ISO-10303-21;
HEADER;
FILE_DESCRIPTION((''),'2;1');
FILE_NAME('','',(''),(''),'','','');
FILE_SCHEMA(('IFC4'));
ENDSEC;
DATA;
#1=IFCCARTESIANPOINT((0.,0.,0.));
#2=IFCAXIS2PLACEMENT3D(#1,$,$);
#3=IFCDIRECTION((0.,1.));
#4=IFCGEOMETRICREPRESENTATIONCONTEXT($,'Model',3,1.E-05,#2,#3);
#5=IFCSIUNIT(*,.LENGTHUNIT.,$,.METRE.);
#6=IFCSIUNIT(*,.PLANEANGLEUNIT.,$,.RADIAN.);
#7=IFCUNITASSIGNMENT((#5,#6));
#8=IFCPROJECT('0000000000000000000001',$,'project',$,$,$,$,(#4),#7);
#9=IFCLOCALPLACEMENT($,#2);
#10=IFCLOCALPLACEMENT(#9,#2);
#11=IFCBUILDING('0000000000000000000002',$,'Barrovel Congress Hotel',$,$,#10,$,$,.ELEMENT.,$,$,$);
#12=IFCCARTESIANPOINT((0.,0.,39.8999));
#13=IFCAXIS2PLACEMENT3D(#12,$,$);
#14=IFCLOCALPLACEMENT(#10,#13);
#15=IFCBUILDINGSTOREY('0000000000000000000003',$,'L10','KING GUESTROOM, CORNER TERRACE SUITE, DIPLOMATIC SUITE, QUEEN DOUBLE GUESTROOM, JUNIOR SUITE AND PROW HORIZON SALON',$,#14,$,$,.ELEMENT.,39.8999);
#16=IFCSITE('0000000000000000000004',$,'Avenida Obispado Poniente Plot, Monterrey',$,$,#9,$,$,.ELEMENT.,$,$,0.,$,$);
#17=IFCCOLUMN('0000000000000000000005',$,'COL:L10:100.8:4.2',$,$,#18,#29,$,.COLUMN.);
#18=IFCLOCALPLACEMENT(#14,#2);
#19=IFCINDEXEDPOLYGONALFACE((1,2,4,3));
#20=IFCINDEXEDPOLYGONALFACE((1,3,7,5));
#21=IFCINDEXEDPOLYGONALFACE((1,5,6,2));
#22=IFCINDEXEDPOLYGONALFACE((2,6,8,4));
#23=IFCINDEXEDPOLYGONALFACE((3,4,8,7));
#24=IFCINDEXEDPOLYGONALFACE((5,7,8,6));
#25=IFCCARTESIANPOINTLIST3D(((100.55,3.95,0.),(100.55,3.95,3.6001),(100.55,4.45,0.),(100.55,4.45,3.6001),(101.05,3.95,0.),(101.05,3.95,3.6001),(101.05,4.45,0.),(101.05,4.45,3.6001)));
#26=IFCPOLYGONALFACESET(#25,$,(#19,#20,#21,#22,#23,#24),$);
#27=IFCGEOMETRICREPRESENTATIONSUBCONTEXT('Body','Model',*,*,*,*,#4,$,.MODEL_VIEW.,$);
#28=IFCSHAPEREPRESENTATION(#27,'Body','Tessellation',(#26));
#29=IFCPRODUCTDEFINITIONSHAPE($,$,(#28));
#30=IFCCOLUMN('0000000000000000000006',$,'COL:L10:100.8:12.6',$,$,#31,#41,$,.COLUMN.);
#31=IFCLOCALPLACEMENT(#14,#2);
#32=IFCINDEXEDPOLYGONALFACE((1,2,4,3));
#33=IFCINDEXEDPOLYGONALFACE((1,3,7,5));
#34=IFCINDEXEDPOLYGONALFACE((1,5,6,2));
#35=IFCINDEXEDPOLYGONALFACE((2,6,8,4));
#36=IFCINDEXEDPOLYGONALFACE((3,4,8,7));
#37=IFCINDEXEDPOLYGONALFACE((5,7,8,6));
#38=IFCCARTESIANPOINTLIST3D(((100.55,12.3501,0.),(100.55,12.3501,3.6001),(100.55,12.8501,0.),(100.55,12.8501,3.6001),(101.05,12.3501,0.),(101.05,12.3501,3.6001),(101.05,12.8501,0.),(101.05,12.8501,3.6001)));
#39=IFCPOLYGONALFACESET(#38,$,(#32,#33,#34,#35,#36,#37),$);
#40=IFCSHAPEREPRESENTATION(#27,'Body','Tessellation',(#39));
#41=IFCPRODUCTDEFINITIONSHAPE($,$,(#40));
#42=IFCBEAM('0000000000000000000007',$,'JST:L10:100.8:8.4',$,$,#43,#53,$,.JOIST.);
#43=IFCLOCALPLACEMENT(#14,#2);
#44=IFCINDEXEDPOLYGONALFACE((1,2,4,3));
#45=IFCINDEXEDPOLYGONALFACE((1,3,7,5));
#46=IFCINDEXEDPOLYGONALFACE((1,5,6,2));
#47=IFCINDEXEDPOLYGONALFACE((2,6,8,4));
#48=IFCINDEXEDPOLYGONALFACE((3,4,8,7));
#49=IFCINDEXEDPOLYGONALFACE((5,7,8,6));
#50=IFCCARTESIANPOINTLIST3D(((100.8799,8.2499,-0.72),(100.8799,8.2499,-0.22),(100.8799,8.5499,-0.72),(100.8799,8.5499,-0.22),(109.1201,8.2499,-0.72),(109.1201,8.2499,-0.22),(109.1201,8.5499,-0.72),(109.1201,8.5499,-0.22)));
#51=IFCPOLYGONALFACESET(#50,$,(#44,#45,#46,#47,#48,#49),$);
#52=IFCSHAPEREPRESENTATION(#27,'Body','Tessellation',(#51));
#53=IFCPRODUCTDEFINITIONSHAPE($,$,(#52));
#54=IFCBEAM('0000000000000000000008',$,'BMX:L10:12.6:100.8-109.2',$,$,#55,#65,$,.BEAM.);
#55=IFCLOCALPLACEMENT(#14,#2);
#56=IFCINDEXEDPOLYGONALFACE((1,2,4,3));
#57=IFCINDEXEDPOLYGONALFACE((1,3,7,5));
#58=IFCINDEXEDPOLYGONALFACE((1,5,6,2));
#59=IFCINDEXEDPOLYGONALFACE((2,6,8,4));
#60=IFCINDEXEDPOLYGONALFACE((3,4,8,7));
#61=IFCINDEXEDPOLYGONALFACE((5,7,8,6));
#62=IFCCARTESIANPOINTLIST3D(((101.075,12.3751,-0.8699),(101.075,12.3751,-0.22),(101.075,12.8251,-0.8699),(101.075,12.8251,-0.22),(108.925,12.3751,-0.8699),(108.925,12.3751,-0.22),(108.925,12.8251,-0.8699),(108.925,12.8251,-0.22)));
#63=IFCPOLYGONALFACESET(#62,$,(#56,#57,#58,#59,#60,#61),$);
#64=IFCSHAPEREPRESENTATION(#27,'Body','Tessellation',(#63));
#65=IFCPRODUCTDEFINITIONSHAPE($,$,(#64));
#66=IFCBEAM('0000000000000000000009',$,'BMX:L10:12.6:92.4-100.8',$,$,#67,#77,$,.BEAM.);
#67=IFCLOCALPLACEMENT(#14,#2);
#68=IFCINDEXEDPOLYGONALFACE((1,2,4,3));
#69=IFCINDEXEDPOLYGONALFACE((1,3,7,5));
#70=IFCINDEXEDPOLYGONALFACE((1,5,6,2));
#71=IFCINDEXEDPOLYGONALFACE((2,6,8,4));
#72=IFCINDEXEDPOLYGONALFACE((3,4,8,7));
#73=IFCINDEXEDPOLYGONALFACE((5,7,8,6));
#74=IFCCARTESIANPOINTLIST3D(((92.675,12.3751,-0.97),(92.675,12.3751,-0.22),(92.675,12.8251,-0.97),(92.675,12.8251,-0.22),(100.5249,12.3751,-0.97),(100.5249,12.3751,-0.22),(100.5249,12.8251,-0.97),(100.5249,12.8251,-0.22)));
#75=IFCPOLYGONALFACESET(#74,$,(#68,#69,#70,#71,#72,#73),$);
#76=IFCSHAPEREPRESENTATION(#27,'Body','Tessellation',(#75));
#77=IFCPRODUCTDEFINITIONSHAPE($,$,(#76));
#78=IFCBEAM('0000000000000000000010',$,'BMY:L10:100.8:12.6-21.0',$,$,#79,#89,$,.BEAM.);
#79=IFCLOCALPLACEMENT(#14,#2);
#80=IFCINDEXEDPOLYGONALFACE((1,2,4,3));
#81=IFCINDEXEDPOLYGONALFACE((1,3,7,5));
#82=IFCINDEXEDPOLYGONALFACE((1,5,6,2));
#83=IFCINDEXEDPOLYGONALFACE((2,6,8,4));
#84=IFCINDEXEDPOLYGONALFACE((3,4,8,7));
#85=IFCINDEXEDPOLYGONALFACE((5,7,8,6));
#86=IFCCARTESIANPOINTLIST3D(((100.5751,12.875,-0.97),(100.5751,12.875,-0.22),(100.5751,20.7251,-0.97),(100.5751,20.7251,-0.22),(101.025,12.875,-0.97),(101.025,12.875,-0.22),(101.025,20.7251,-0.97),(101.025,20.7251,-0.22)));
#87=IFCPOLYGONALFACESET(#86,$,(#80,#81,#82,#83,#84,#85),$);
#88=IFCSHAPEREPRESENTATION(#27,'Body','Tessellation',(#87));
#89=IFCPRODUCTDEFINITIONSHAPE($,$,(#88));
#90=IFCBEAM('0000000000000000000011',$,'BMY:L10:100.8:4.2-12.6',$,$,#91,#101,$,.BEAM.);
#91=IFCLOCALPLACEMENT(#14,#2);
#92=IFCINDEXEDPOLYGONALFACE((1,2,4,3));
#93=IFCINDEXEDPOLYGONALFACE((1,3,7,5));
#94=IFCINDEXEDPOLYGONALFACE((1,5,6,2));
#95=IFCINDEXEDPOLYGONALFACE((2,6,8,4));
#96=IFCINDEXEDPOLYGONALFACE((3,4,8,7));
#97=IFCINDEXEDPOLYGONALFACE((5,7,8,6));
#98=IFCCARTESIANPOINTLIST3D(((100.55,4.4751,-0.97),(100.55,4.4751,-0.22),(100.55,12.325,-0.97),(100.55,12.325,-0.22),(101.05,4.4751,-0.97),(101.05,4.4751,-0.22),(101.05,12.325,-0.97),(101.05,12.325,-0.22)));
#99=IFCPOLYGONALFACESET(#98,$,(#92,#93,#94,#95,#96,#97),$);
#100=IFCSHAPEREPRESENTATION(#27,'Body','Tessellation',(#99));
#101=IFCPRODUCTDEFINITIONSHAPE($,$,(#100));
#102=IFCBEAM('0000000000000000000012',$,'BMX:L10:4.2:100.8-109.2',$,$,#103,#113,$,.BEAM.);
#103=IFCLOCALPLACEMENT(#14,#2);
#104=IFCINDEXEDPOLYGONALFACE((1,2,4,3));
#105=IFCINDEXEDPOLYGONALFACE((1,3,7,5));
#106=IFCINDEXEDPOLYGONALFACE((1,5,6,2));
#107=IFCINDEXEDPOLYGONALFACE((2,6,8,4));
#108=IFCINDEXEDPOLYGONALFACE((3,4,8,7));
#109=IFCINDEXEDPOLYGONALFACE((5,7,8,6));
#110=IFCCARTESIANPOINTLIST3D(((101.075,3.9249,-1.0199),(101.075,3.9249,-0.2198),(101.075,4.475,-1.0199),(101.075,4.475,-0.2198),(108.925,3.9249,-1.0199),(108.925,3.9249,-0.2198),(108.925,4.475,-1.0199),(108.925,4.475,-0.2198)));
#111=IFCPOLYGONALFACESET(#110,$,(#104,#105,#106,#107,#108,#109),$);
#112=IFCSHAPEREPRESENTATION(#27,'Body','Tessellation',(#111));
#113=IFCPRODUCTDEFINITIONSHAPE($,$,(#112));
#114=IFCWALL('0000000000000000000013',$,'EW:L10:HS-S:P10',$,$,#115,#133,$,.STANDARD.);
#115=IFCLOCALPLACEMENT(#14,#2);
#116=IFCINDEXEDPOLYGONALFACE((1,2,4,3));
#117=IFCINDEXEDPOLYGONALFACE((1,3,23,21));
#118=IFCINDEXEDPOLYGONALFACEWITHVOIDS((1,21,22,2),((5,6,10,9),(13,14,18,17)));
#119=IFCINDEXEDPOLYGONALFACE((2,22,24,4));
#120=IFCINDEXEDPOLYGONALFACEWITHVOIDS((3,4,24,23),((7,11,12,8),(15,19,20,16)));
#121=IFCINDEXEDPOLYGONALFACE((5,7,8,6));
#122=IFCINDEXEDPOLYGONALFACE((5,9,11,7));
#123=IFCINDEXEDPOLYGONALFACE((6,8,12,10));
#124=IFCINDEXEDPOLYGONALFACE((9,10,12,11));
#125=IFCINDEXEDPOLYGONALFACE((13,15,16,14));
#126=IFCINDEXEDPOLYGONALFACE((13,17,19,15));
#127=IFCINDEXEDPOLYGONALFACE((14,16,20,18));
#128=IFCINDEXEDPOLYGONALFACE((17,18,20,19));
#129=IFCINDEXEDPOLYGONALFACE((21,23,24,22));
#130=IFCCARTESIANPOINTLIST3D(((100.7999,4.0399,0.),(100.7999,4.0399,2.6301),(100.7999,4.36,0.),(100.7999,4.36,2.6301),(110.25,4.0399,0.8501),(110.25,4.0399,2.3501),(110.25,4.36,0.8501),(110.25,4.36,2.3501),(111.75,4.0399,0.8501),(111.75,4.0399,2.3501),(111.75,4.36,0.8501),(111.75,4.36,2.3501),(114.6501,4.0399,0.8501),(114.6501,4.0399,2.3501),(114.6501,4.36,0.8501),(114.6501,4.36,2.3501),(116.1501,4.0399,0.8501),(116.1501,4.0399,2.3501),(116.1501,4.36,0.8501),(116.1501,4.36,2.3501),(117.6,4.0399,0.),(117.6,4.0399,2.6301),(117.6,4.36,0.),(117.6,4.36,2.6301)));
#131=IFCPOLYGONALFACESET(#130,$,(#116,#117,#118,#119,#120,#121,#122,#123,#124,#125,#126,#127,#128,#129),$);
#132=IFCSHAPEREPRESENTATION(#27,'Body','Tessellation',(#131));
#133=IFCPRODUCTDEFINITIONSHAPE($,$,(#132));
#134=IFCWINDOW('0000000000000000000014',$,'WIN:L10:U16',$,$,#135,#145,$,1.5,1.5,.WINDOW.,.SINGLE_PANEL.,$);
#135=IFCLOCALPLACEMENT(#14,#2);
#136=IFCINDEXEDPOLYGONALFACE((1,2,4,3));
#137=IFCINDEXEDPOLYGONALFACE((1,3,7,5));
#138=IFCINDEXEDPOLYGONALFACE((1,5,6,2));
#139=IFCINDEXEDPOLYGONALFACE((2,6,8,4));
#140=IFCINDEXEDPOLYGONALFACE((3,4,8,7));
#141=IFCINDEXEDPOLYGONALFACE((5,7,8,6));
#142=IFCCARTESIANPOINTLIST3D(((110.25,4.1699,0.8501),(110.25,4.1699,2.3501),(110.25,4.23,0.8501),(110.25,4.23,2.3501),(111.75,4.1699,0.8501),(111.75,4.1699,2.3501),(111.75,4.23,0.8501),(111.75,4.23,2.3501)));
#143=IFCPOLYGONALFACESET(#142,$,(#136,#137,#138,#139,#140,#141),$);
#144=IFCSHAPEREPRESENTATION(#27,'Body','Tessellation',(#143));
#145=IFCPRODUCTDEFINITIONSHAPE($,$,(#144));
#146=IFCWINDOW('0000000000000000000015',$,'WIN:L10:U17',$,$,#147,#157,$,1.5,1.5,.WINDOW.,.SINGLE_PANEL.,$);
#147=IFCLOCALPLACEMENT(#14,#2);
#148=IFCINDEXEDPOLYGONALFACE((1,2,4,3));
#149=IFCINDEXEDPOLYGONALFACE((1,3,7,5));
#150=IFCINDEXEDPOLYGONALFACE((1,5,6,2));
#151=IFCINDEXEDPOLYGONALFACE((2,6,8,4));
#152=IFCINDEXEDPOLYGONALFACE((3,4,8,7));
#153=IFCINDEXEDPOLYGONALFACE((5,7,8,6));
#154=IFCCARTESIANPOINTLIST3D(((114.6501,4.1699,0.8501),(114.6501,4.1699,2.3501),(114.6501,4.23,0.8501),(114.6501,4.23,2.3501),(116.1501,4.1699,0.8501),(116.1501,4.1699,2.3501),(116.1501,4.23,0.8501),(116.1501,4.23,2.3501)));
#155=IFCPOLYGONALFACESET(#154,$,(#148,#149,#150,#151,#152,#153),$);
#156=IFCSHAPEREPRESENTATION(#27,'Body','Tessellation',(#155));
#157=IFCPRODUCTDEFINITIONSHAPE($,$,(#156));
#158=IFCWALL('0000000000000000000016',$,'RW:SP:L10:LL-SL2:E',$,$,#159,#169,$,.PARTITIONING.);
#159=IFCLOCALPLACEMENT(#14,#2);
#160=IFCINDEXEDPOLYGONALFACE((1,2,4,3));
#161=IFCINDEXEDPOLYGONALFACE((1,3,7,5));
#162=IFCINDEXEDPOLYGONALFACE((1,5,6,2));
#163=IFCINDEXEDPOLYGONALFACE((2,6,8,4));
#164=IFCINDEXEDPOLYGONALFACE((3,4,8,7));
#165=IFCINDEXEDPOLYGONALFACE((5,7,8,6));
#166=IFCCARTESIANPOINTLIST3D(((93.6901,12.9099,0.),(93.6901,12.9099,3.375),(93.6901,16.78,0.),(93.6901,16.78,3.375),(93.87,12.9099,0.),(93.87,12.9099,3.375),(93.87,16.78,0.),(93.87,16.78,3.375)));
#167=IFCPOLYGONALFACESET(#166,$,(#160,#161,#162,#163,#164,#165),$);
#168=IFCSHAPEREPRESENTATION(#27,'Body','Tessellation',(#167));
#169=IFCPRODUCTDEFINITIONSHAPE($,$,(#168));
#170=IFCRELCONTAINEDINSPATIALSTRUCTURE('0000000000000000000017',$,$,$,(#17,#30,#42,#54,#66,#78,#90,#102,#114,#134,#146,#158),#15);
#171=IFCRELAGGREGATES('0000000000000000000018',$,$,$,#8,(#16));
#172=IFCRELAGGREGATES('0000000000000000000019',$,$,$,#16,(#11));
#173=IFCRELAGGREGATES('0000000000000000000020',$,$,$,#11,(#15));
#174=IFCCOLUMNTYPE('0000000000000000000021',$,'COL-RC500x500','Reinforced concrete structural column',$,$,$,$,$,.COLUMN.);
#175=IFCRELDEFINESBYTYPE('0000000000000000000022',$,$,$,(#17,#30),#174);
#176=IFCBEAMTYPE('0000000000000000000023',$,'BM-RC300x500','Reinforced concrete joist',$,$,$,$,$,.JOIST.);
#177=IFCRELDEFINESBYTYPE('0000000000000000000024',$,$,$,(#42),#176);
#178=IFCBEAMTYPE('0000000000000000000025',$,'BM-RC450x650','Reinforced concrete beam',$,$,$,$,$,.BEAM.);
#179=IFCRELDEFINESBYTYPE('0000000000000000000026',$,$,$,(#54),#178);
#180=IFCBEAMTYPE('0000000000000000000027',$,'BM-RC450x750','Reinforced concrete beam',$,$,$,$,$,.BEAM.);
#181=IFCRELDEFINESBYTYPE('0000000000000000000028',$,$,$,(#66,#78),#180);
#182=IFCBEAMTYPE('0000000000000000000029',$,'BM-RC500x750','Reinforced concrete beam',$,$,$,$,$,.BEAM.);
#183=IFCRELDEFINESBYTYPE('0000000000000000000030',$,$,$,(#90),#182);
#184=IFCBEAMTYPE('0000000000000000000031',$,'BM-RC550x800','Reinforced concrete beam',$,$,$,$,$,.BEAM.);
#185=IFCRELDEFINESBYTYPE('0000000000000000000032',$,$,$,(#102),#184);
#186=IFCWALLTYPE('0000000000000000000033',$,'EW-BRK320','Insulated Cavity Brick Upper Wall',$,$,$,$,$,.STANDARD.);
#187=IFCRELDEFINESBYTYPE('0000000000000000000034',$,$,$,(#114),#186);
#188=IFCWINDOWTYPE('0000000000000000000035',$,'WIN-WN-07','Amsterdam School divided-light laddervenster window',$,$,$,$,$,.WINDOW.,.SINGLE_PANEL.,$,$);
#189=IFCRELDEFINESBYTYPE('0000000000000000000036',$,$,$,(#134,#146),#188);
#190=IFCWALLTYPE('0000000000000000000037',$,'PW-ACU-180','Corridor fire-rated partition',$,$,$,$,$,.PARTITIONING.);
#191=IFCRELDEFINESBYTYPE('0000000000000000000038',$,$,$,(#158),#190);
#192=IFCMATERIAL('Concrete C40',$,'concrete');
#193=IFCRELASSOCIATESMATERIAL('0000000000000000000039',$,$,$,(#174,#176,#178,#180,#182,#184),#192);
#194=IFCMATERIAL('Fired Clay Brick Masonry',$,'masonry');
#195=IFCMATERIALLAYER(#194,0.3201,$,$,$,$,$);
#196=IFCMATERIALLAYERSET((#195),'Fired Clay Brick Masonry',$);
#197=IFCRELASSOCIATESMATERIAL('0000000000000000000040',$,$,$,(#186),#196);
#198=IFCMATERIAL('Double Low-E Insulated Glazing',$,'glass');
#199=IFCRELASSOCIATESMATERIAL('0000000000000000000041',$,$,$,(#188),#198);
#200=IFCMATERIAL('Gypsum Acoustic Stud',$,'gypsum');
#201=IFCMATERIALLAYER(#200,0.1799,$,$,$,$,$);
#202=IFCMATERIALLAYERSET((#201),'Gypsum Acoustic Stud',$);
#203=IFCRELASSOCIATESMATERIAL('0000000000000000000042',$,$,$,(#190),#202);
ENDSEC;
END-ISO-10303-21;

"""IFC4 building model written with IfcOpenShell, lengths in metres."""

from ifc_helpers import new_model, si_unit, direction, frame, frame_2d, origin, origin_2d, place, context, subcontext, project, spatial, rectangle, extrude, material, layer, layer_set, material_profile, profile_set, type_object, element, fill, save


model = new_model("IFC4")

# Units and contexts
model_context = context("Model", 3, precision=1e-05, world=origin(), true_north=direction((0.0, 1.0)))
body_context = subcontext(model_context, "Body", "Model", "MODEL_VIEW")
ifc_project = project(units=[si_unit("LENGTHUNIT", "METRE"), si_unit("PLANEANGLEUNIT", "RADIAN")], contexts=[model_context])

# Site, building, storey
site_placement = place(None, origin())
site = spatial("IfcSite", under=ifc_project, at=site_placement, Name="Avenida Obispado Poniente Plot, Monterrey", CompositionType="ELEMENT", RefElevation=0.0)
building_placement = place(site_placement, origin())
building = spatial("IfcBuilding", under=site, at=building_placement, Name="Barrovel Congress Hotel", CompositionType="ELEMENT")
storey_placement = place(building_placement, frame((0.0, 0.0, 39.8999)))
storey = spatial("IfcBuildingStorey", under=building, at=storey_placement, Name="L10", Description="KING GUESTROOM, CORNER TERRACE SUITE, DIPLOMATIC SUITE, QUEEN DOUBLE GUESTROOM, JUNIOR SUITE AND PROW HORIZON SALON", CompositionType="ELEMENT", Elevation=39.8999)

# Columns
ifc_material_1 = material(Name="Concrete C40", Category="concrete")
ifc_material_profile_1 = material_profile(ifc_material_1, rectangle(XDim=0.5, YDim=0.5, at=origin_2d()), Name="RC500x500")
ifc_profile_set_1 = profile_set([ifc_material_profile_1], Name="Concrete C40")
column_type = type_object("IfcColumnType", Name="COL-RC500x500", Description="Reinforced concrete structural column", PredefinedType="COLUMN", material=ifc_profile_set_1)
for number, where, z_axis, x_axis, name in (
    (1, (100.8, 4.2, 0.0), (0.0, 0.0, 1.0), (1.0, 0.0, 0.0), "COL:L10:100.8:4.2"),
    (2, (100.8, 12.6001, 0.0), (0.0, 0.0, 1.0), (1.0, 0.0, 0.0), "COL:L10:100.8:12.6"),
):
    element("IfcColumn", number, at=place(storey_placement, frame(where, z_axis=z_axis, x_axis=x_axis)), inside=storey, type_object=column_type, Name=name, PredefinedType="COLUMN", context=body_context, shape_type="SweptSolid", body=[
        extrude(rectangle(XDim=0.5, YDim=0.5, at=origin_2d()), origin(), (0.0, 0.0, 1.0), 3.6001),
    ])

# Beams
ifc_material_profile_2 = material_profile(ifc_material_1, rectangle(XDim=0.3, YDim=0.5, at=origin_2d()), Name="RC300x500")
ifc_profile_set_2 = profile_set([ifc_material_profile_2], Name="Concrete C40")
beam_type_1 = type_object("IfcBeamType", Name="BM-RC300x500", Description="Reinforced concrete joist", PredefinedType="JOIST", material=ifc_profile_set_2)
beam_1_placement = place(storey_placement, frame((100.8799, 8.3999, -0.47), z_axis=(1.0, 0.0, 0.0), x_axis=(0.0, 1.0, 0.0)))
element("IfcBeam", 3, at=beam_1_placement, inside=storey, type_object=beam_type_1, Name="JST:L10:100.8:8.4", PredefinedType="JOIST", context=body_context, shape_type="SweptSolid", body=[
    extrude(rectangle(XDim=0.3, YDim=0.5, at=origin_2d()), origin(), (0.0, 0.0, 1.0), 8.2402),
])
ifc_material_profile_3 = material_profile(ifc_material_1, rectangle(XDim=0.45, YDim=0.6499, at=origin_2d()), Name="RC450x650")
ifc_profile_set_3 = profile_set([ifc_material_profile_3], Name="Concrete C40")
beam_type_2 = type_object("IfcBeamType", Name="BM-RC450x650", Description="Reinforced concrete beam", PredefinedType="BEAM", material=ifc_profile_set_3)
beam_2_placement = place(storey_placement, frame((101.075, 12.6001, -0.5449), z_axis=(1.0, 0.0, 0.0), x_axis=(0.0, 1.0, 0.0)))
element("IfcBeam", 4, at=beam_2_placement, inside=storey, type_object=beam_type_2, Name="BMX:L10:12.6:100.8-109.2", PredefinedType="BEAM", context=body_context, shape_type="SweptSolid", body=[
    extrude(rectangle(XDim=0.45, YDim=0.6499, at=origin_2d()), origin(), (0.0, 0.0, 1.0), 7.8501),
])
ifc_material_profile_4 = material_profile(ifc_material_1, rectangle(XDim=0.45, YDim=0.75, at=origin_2d()), Name="RC450x750")
ifc_profile_set_4 = profile_set([ifc_material_profile_4], Name="Concrete C40")
beam_type_3 = type_object("IfcBeamType", Name="BM-RC450x750", Description="Reinforced concrete beam", PredefinedType="BEAM", material=ifc_profile_set_4)
beam_3_placement = place(storey_placement, frame((92.675, 12.6001, -0.595), z_axis=(1.0, 0.0, 0.0), x_axis=(0.0, 1.0, 0.0)))
element("IfcBeam", 5, at=beam_3_placement, inside=storey, type_object=beam_type_3, Name="BMX:L10:12.6:92.4-100.8", PredefinedType="BEAM", context=body_context, shape_type="SweptSolid", body=[
    extrude(rectangle(XDim=0.45, YDim=0.75, at=origin_2d()), origin(), (0.0, 0.0, 1.0), 7.8499),
])
beam_4_placement = place(storey_placement, frame((100.8, 12.875, -0.595), z_axis=(0.0, 1.0, 0.0), x_axis=(-1.0, 0.0, 0.0)))
element("IfcBeam", 6, at=beam_4_placement, inside=storey, type_object=beam_type_3, Name="BMY:L10:100.8:12.6-21.0", PredefinedType="BEAM", context=body_context, shape_type="SweptSolid", body=[
    extrude(rectangle(XDim=0.45, YDim=0.75, at=origin_2d()), origin(), (0.0, 0.0, 1.0), 7.8501),
])
ifc_material_profile_5 = material_profile(ifc_material_1, rectangle(XDim=0.5, YDim=0.75, at=origin_2d()), Name="RC500x750")
ifc_profile_set_5 = profile_set([ifc_material_profile_5], Name="Concrete C40")
beam_type_4 = type_object("IfcBeamType", Name="BM-RC500x750", Description="Reinforced concrete beam", PredefinedType="BEAM", material=ifc_profile_set_5)
beam_5_placement = place(storey_placement, frame((100.8, 4.4751, -0.595), z_axis=(0.0, 1.0, 0.0), x_axis=(-1.0, 0.0, 0.0)))
element("IfcBeam", 7, at=beam_5_placement, inside=storey, type_object=beam_type_4, Name="BMY:L10:100.8:4.2-12.6", PredefinedType="BEAM", context=body_context, shape_type="SweptSolid", body=[
    extrude(rectangle(XDim=0.5, YDim=0.75, at=origin_2d()), origin(), (0.0, 0.0, 1.0), 7.8499),
])
ifc_material_profile_6 = material_profile(ifc_material_1, rectangle(XDim=0.55, YDim=0.8, at=origin_2d()), Name="RC550x800")
ifc_profile_set_6 = profile_set([ifc_material_profile_6], Name="Concrete C40")
beam_type_5 = type_object("IfcBeamType", Name="BM-RC550x800", Description="Reinforced concrete beam", PredefinedType="BEAM", material=ifc_profile_set_6)
beam_6_placement = place(storey_placement, frame((101.075, 4.2, -0.6199), z_axis=(1.0, 0.0, 0.0), x_axis=(0.0, 1.0, 0.0)))
element("IfcBeam", 8, at=beam_6_placement, inside=storey, type_object=beam_type_5, Name="BMX:L10:4.2:100.8-109.2", PredefinedType="BEAM", context=body_context, shape_type="SweptSolid", body=[
    extrude(rectangle(XDim=0.55, YDim=0.8, at=origin_2d()), origin(), (0.0, 0.0, 1.0), 7.8501),
])

# Wall, openings, windows
ifc_material_2 = material(Name="Fired Clay Brick Masonry", Category="masonry")
ifc_layer_1 = layer(ifc_material_2, 0.3201)
ifc_layer_set_1 = layer_set([ifc_layer_1], Name="Fired Clay Brick Masonry")
wall_type_1 = type_object("IfcWallType", Name="EW-BRK320", Description="Insulated Cavity Brick Upper Wall", PredefinedType="STANDARD", material=ifc_layer_set_1)
wall_1_placement = place(storey_placement, frame((100.8, 4.2, 0.0), z_axis=(0.0, 0.0, 1.0), x_axis=(1.0, 0.0, 0.0)))
wall_1 = element("IfcWall", 9, at=wall_1_placement, inside=storey, type_object=wall_type_1, Name="EW:L10:HS-S:P10", PredefinedType="STANDARD", context=body_context, shape_type="SweptSolid", body=[
    extrude(rectangle(XDim=16.8, YDim=0.3201, at=frame_2d((8.3999, 0.0))), origin(), (0.0, 0.0, 1.0), 2.6301),
])
opening_1_placement = place(wall_1_placement, frame((9.45, 0.0, 0.8501)))
opening_1 = element("IfcOpeningElement", 10, at=opening_1_placement, cuts=wall_1, PredefinedType="OPENING", context=body_context, shape_type="SweptSolid", body=[
    extrude(rectangle(XDim=1.5, YDim=1.5, at=frame_2d((0.75, 0.75))), frame((0.0, 0.1699, 0.0), z_axis=(0.0, -1.0, 0.0), x_axis=(1.0, 0.0, 0.0)), (0.0, 0.0, 1.0), 0.3401),
])
opening_2_placement = place(wall_1_placement, frame((13.8501, 0.0, 0.8501)))
opening_2 = element("IfcOpeningElement", 11, at=opening_2_placement, cuts=wall_1, PredefinedType="OPENING", context=body_context, shape_type="SweptSolid", body=[
    extrude(rectangle(XDim=1.5, YDim=1.5, at=frame_2d((0.75, 0.75))), frame((0.0, 0.1699, 0.0), z_axis=(0.0, -1.0, 0.0), x_axis=(1.0, 0.0, 0.0)), (0.0, 0.0, 1.0), 0.3401),
])
ifc_material_3 = material(Name="Double Low-E Insulated Glazing", Category="glass")
window_type = type_object("IfcWindowType", Name="WIN-WN-07", Description="Amsterdam School divided-light laddervenster window", PartitioningType="SINGLE_PANEL", PredefinedType="WINDOW", material=ifc_material_3)
window_1_placement = place(opening_1_placement, origin())
window_1 = element("IfcWindow", 12, at=window_1_placement, inside=storey, type_object=window_type, Name="WIN:L10:U16", OverallHeight=1.5, OverallWidth=1.5, PartitioningType="SINGLE_PANEL", PredefinedType="WINDOW", context=body_context, shape_type="SweptSolid", body=[
    extrude(rectangle(XDim=1.5, YDim=1.5, at=frame_2d((0.75, 0.75))), frame((0.0, 0.03, 0.0), z_axis=(0.0, -1.0, 0.0), x_axis=(1.0, 0.0, 0.0)), (0.0, 0.0, 1.0), 0.0601),
])
fill(opening_1, window_1)
window_2_placement = place(opening_2_placement, origin())
window_2 = element("IfcWindow", 13, at=window_2_placement, inside=storey, type_object=window_type, Name="WIN:L10:U17", OverallHeight=1.5, OverallWidth=1.5, PartitioningType="SINGLE_PANEL", PredefinedType="WINDOW", context=body_context, shape_type="SweptSolid", body=[
    extrude(rectangle(XDim=1.5, YDim=1.5, at=frame_2d((0.75, 0.75))), frame((0.0, 0.03, 0.0), z_axis=(0.0, -1.0, 0.0), x_axis=(1.0, 0.0, 0.0)), (0.0, 0.0, 1.0), 0.0601),
])
fill(opening_2, window_2)

# Shared definitions
ifc_material_4 = material(Name="Gypsum Acoustic Stud", Category="gypsum")
ifc_layer_2 = layer(ifc_material_4, 0.1799)
ifc_layer_set_2 = layer_set([ifc_layer_2], Name="Gypsum Acoustic Stud")
wall_type_2 = type_object("IfcWallType", Name="PW-ACU-180", Description="Corridor fire-rated partition", PredefinedType="PARTITIONING", material=ifc_layer_set_2)

# Wall
wall_2_placement = place(storey_placement, frame((93.78, 12.9099, 0.0), z_axis=(0.0, 0.0, 1.0), x_axis=(0.0, 1.0, 0.0)))
element("IfcWall", 14, at=wall_2_placement, inside=storey, type_object=wall_type_2, Name="RW:SP:L10:LL-SL2:E", PredefinedType="PARTITIONING", context=body_context, shape_type="SweptSolid", body=[
    extrude(rectangle(XDim=3.8701, YDim=0.1799, at=frame_2d((1.9351, 0.0))), origin(), (0.0, 0.0, 1.0), 3.375),
])

save(model, "model.ifc")
